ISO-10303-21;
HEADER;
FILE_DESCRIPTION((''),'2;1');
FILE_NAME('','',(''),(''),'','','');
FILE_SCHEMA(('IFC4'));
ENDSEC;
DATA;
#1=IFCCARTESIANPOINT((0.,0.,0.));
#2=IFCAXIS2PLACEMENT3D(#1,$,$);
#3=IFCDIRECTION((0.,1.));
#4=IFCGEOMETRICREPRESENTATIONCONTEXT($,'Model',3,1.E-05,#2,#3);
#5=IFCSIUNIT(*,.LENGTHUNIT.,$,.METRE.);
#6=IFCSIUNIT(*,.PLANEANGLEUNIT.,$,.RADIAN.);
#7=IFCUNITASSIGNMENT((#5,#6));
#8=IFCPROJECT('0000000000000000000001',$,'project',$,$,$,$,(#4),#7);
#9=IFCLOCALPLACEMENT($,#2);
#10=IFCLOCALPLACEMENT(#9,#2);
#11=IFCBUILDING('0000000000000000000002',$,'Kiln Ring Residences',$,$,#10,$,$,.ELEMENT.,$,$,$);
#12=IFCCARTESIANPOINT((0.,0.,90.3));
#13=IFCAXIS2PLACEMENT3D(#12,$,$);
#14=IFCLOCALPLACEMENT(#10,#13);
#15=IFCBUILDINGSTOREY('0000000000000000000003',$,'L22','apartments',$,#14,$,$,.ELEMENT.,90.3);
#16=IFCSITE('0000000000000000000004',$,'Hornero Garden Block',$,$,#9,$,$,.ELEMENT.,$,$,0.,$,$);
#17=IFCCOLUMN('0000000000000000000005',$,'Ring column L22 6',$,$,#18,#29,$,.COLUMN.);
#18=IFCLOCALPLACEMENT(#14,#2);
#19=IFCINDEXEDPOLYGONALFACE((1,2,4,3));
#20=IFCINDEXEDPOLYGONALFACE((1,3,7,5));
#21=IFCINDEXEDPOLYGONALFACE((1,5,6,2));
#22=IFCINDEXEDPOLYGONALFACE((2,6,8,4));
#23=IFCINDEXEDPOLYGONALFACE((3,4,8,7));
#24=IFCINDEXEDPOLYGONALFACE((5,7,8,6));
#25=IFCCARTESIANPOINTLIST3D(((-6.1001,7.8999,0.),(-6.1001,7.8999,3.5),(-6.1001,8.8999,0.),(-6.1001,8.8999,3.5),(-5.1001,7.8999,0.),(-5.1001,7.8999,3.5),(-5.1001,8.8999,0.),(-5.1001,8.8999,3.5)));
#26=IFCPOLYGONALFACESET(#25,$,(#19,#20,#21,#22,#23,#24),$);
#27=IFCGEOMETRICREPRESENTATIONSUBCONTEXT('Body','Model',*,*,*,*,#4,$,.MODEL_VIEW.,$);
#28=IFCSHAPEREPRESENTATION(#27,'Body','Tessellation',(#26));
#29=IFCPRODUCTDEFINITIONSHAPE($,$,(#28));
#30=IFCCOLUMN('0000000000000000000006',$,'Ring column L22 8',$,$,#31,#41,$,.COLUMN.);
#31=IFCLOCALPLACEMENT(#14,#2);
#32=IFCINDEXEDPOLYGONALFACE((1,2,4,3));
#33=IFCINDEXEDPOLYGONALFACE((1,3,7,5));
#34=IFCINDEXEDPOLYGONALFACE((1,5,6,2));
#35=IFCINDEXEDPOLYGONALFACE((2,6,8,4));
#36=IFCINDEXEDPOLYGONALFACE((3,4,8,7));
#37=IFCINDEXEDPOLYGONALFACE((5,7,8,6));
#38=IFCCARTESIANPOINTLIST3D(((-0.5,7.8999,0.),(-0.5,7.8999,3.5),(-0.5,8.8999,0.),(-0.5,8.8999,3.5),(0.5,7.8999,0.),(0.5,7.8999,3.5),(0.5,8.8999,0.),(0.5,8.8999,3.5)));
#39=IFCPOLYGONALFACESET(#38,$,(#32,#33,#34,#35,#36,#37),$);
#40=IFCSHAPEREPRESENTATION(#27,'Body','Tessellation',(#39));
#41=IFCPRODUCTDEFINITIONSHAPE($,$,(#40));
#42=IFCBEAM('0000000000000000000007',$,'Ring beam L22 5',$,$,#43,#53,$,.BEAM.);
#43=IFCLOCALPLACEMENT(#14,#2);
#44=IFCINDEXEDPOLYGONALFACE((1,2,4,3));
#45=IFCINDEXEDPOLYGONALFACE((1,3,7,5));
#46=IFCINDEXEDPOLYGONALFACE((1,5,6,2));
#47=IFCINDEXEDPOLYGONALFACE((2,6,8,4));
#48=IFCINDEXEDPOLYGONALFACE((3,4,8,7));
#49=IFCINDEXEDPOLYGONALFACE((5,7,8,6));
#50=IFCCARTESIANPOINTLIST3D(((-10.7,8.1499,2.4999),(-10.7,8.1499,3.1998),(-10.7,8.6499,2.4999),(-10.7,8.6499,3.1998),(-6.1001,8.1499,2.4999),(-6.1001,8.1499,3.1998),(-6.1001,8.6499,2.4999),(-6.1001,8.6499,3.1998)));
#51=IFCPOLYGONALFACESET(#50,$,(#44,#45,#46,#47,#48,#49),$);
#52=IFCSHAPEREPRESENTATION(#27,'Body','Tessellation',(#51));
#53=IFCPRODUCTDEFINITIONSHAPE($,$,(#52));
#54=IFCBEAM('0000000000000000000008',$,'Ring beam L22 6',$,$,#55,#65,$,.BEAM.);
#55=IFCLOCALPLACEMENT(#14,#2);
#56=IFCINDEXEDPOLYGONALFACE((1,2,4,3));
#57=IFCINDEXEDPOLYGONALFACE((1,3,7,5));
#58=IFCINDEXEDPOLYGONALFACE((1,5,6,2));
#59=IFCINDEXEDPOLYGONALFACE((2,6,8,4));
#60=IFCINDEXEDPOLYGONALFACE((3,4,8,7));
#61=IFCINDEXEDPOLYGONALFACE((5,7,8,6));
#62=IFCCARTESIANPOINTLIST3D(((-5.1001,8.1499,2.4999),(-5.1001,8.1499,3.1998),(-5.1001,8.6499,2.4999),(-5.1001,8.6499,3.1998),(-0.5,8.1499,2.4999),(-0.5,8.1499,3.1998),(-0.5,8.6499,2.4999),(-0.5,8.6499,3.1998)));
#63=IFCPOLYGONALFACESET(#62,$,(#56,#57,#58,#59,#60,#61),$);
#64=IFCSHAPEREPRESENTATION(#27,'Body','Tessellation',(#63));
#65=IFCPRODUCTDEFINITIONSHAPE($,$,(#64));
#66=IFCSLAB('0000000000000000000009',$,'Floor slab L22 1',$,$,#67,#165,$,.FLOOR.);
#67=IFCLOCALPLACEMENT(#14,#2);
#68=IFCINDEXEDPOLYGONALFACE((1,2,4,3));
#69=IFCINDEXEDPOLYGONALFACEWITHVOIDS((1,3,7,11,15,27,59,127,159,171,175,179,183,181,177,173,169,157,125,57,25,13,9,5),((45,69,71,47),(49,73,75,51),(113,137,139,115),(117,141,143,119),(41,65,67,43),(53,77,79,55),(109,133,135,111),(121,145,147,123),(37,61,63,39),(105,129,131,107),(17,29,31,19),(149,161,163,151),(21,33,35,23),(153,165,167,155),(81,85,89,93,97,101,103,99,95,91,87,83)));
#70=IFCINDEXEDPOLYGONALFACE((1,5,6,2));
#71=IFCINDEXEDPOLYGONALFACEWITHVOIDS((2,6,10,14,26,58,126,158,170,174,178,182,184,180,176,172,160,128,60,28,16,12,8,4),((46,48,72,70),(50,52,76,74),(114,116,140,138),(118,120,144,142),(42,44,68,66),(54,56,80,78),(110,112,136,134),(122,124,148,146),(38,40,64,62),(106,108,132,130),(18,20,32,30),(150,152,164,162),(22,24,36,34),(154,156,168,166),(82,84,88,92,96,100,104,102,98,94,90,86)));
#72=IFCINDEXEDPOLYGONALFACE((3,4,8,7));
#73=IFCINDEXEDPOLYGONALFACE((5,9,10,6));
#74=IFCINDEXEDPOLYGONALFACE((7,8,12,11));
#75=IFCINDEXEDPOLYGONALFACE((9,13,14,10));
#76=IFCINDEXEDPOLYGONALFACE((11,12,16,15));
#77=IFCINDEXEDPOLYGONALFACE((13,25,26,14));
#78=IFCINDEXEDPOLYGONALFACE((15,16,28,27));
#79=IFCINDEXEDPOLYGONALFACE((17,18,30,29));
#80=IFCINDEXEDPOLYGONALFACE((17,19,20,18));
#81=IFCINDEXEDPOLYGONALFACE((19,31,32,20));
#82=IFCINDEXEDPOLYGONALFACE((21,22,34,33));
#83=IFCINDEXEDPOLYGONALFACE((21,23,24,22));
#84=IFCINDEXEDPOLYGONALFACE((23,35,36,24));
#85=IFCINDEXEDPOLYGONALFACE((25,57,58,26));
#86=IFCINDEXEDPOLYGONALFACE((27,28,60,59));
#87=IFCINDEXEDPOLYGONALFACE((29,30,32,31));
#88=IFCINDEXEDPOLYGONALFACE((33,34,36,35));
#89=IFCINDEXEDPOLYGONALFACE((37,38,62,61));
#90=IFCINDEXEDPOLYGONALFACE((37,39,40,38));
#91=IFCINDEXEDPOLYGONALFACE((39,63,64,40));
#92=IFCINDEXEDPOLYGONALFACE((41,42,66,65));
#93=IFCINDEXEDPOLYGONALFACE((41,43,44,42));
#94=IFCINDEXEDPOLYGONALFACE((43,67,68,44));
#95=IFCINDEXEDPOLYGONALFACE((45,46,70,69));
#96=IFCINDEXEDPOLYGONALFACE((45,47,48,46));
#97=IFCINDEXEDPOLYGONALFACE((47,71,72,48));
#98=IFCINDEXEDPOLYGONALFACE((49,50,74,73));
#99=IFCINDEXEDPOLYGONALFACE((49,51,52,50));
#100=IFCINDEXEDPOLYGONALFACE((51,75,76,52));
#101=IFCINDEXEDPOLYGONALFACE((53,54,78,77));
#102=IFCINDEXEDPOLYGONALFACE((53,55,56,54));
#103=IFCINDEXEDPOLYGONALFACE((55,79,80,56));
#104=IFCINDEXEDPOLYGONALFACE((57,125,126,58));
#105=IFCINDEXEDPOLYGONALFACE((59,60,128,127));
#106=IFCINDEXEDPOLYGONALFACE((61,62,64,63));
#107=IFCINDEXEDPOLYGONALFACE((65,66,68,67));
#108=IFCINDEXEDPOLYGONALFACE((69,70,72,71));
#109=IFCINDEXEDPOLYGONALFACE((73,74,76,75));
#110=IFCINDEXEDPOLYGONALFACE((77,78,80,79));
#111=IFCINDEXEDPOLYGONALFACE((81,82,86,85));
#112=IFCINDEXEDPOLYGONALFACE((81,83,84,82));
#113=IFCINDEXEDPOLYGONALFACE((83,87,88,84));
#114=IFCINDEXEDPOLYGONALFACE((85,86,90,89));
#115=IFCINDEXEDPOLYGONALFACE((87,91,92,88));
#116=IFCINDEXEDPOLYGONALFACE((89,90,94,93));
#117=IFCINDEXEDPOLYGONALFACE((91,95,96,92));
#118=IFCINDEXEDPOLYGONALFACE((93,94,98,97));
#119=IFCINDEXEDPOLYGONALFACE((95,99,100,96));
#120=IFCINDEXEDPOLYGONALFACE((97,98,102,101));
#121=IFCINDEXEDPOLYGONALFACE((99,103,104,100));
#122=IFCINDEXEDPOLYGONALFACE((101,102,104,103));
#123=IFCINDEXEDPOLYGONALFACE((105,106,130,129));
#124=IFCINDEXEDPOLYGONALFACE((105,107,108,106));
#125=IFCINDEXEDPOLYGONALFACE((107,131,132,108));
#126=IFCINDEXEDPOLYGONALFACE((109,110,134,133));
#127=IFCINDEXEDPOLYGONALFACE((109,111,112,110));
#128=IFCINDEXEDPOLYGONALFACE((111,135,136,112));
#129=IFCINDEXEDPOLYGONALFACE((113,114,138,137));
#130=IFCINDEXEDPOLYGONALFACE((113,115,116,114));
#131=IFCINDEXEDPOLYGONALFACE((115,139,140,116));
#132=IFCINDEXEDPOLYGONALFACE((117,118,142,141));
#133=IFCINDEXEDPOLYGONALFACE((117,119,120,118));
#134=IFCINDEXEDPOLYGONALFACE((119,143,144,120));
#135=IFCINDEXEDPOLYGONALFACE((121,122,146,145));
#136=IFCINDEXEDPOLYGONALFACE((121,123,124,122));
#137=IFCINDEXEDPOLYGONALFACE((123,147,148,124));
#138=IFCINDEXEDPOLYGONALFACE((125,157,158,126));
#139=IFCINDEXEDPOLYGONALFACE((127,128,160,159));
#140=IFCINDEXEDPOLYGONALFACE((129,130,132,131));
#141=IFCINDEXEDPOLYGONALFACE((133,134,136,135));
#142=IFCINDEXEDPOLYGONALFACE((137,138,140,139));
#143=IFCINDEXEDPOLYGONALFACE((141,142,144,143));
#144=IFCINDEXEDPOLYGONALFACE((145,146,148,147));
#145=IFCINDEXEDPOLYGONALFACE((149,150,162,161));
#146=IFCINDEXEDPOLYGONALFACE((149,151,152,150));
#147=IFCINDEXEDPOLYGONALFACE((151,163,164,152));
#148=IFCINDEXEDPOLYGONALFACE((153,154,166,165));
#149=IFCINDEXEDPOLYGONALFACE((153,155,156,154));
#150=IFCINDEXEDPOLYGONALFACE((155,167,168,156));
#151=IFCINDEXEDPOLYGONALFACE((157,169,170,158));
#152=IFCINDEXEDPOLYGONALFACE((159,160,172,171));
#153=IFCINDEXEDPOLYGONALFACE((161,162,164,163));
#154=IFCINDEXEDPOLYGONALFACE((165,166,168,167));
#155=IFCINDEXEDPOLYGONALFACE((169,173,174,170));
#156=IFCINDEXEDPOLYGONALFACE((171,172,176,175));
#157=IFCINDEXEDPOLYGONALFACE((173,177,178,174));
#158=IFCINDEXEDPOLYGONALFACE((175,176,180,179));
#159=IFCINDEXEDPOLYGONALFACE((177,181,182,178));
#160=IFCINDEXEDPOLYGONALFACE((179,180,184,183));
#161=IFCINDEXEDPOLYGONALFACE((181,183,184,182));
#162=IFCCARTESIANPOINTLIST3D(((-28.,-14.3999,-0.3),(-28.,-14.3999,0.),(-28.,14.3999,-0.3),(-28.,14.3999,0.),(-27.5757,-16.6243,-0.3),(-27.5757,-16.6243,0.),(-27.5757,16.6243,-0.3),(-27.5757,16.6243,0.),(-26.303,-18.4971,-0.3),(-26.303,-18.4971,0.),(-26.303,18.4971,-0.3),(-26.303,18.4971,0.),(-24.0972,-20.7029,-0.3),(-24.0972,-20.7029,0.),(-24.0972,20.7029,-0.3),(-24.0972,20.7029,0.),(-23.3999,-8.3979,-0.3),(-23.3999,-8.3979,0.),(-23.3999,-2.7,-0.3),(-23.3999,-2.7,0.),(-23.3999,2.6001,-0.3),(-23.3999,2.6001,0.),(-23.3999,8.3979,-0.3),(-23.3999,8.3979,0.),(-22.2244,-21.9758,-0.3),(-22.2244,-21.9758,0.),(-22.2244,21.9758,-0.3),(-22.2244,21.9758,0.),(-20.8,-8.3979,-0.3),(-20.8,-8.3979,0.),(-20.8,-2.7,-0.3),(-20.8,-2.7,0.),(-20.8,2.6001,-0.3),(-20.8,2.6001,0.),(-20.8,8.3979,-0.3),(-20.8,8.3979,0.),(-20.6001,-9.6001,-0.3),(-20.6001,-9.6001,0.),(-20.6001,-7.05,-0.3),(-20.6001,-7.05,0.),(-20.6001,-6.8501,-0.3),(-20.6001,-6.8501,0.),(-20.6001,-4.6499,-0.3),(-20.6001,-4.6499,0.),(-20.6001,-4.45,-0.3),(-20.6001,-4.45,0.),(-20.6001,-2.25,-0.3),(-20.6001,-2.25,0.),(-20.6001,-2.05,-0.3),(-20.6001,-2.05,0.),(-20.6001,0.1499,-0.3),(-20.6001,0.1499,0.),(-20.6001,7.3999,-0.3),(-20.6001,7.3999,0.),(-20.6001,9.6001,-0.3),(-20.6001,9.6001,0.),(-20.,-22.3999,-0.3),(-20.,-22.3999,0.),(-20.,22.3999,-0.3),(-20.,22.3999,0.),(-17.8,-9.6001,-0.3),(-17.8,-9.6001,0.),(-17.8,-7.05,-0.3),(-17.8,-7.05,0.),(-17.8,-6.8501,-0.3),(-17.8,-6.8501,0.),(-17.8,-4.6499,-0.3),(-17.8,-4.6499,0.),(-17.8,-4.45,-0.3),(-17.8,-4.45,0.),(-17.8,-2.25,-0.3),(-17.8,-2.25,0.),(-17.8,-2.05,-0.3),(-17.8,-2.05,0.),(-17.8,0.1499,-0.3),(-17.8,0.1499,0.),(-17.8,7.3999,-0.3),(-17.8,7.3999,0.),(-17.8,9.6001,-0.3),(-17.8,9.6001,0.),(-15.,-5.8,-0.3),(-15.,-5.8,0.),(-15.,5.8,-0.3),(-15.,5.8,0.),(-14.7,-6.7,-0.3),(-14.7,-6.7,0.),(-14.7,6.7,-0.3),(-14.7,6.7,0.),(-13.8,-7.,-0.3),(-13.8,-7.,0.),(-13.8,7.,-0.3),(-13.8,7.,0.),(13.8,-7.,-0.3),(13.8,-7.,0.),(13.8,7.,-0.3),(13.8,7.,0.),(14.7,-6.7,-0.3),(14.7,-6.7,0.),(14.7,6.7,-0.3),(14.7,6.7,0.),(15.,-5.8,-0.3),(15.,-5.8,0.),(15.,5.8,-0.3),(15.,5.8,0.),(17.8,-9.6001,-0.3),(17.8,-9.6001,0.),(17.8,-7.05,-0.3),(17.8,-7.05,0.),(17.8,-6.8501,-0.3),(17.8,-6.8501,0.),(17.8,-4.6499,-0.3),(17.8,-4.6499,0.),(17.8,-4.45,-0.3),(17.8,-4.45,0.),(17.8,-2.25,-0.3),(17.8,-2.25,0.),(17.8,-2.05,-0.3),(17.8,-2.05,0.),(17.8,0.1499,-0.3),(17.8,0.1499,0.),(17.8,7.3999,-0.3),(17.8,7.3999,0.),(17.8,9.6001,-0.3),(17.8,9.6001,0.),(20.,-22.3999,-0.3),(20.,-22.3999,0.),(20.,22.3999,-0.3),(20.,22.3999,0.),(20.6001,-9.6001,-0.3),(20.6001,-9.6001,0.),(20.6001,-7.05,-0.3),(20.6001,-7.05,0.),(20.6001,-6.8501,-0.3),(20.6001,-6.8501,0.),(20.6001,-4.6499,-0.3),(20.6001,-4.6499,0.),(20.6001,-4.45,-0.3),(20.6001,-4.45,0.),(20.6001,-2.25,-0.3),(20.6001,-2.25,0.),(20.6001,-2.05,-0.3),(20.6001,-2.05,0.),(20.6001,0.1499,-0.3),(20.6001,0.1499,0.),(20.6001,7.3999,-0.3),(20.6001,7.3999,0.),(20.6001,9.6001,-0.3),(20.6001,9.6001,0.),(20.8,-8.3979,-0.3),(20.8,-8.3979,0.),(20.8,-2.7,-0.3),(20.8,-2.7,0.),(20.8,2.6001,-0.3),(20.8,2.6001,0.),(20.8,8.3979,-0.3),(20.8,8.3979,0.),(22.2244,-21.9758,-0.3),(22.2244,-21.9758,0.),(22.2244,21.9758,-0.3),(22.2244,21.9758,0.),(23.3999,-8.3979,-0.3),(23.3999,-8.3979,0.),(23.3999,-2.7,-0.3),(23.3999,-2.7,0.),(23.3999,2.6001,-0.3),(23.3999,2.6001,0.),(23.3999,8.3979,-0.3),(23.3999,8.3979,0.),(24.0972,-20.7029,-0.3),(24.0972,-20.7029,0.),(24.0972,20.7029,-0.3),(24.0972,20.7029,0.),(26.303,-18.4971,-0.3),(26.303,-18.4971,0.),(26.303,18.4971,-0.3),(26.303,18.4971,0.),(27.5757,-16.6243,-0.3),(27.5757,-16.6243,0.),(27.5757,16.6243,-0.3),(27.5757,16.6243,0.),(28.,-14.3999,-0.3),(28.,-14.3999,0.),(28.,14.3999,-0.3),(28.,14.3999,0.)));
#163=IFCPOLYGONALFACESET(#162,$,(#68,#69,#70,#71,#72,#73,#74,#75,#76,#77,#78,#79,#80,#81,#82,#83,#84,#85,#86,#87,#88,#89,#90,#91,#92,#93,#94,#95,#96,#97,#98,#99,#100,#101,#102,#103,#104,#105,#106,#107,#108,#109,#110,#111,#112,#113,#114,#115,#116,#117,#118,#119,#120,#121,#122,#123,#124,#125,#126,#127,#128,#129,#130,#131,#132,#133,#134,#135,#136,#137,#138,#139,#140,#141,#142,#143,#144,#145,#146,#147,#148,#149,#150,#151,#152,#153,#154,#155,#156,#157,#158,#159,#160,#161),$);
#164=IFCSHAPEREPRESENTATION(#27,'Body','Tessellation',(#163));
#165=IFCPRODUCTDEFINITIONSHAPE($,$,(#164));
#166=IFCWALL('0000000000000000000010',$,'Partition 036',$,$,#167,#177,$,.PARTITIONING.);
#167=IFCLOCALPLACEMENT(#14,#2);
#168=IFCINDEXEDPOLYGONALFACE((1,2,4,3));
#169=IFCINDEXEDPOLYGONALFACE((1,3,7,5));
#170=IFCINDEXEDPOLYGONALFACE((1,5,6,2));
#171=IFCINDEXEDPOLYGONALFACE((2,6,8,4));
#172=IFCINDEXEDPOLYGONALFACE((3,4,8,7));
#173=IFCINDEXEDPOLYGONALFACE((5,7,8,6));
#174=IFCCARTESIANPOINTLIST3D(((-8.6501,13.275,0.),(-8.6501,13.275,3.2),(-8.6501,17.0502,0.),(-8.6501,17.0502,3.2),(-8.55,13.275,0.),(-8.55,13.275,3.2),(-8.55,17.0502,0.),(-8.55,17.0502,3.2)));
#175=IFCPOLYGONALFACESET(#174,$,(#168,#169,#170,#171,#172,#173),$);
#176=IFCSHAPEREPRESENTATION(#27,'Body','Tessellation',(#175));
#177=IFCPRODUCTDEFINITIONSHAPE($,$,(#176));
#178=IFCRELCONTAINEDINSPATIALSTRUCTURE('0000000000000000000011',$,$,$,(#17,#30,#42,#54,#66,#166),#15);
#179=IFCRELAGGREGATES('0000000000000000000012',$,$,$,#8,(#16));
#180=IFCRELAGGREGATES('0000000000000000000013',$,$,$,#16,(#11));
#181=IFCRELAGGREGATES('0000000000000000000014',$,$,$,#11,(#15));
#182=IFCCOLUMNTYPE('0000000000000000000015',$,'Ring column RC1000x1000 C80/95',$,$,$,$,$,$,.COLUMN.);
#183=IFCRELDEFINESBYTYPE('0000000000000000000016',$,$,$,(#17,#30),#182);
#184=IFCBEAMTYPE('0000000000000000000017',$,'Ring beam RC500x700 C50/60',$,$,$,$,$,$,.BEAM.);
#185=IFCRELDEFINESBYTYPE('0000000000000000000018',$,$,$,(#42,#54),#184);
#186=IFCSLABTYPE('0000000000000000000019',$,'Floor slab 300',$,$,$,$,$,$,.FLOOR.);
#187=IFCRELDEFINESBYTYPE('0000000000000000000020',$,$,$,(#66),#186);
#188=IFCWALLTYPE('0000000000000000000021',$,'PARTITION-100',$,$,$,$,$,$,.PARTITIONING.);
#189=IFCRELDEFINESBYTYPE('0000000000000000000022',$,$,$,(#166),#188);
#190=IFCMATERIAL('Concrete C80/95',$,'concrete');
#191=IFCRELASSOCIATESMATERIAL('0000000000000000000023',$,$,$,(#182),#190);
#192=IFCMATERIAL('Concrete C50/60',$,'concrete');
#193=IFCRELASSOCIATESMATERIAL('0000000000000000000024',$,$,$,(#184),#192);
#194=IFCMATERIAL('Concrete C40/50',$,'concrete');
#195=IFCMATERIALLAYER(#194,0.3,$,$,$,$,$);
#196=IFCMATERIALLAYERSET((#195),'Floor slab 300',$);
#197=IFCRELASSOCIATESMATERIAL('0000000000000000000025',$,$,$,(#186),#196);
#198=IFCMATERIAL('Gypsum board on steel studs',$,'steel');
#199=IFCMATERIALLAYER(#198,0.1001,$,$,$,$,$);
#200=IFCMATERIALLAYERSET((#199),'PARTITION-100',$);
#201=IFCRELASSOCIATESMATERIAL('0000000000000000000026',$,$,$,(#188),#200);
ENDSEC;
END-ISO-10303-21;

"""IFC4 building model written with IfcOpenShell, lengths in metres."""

from ifc_helpers import new_model, si_unit, direction, frame, frame_2d, origin, origin_2d, place, context, subcontext, project, spatial, polyline, rectangle, outline, extrude, material, layer, layer_set, material_profile, profile_set, type_object, element, save


model = new_model("IFC4")

# Units and contexts
model_context = context("Model", 3, precision=1e-05, world=origin(), true_north=direction((0.0, 1.0)))
body_context = subcontext(model_context, "Body", "Model", "MODEL_VIEW")
ifc_project = project(units=[si_unit("LENGTHUNIT", "METRE"), si_unit("PLANEANGLEUNIT", "RADIAN")], contexts=[model_context])

# Site, building, storey
site_placement = place(None, origin())
site = spatial("IfcSite", under=ifc_project, at=site_placement, Name="Hornero Garden Block", CompositionType="ELEMENT", RefElevation=0.0)
building_placement = place(site_placement, origin())
building = spatial("IfcBuilding", under=site, at=building_placement, Name="Kiln Ring Residences", CompositionType="ELEMENT")
storey_placement = place(building_placement, frame((0.0, 0.0, 90.3)))
storey = spatial("IfcBuildingStorey", under=building, at=storey_placement, Name="L22", Description="apartments", CompositionType="ELEMENT", Elevation=90.3)

# Columns
ifc_material_1 = material(Name="Concrete C80/95", Category="concrete")
ifc_material_profile_1 = material_profile(ifc_material_1, rectangle(XDim=1.0, YDim=1.0, at=origin_2d()), Name="RC1000x1000")
ifc_profile_set_1 = profile_set([ifc_material_profile_1], Name="Concrete C80/95")
column_type = type_object("IfcColumnType", Name="Ring column RC1000x1000 C80/95", PredefinedType="COLUMN", material=ifc_profile_set_1)
for number, where, z_axis, x_axis, name in (
    (1, (-5.6001, 8.3999, 0.0), (0.0, 0.0, 1.0), (1.0, 0.0, 0.0), "Ring column L22 6"),
    (2, (0.0, 8.3999, 0.0), (0.0, 0.0, 1.0), (1.0, 0.0, 0.0), "Ring column L22 8"),
):
    element("IfcColumn", number, at=place(storey_placement, frame(where, z_axis=z_axis, x_axis=x_axis)), inside=storey, type_object=column_type, Name=name, PredefinedType="COLUMN", context=body_context, shape_type="SweptSolid", body=[
        extrude(rectangle(XDim=1.0, YDim=1.0, at=origin_2d()), origin(), (0.0, 0.0, 1.0), 3.5),
    ])

# Beams
ifc_material_2 = material(Name="Concrete C50/60", Category="concrete")
ifc_material_profile_2 = material_profile(ifc_material_2, rectangle(XDim=0.5, YDim=0.7, at=origin_2d()), Name="RC500x700")
ifc_profile_set_2 = profile_set([ifc_material_profile_2], Name="Concrete C50/60")
beam_type = type_object("IfcBeamType", Name="Ring beam RC500x700 C50/60", PredefinedType="BEAM", material=ifc_profile_set_2)
beam_1_placement = place(storey_placement, frame((-10.7, 8.3999, 2.8499), z_axis=(1.0, 0.0, 0.0), x_axis=(0.0, 1.0, 0.0)))
element("IfcBeam", 3, at=beam_1_placement, inside=storey, type_object=beam_type, Name="Ring beam L22 5", PredefinedType="BEAM", context=body_context, shape_type="SweptSolid", body=[
    extrude(rectangle(XDim=0.5, YDim=0.7, at=origin_2d()), origin(), (0.0, 0.0, 1.0), 4.5999),
])
beam_2_placement = place(storey_placement, frame((-5.1001, 8.3999, 2.8499), z_axis=(1.0, 0.0, 0.0), x_axis=(0.0, 1.0, 0.0)))
element("IfcBeam", 4, at=beam_2_placement, inside=storey, type_object=beam_type, Name="Ring beam L22 6", PredefinedType="BEAM", context=body_context, shape_type="SweptSolid", body=[
    extrude(rectangle(XDim=0.5, YDim=0.7, at=origin_2d()), origin(), (0.0, 0.0, 1.0), 4.6001),
])

# Slab
ifc_material_3 = material(Name="Concrete C40/50", Category="concrete")
ifc_layer_1 = layer(ifc_material_3, 0.3)
ifc_layer_set_1 = layer_set([ifc_layer_1], Name="Floor slab 300")
slab_type = type_object("IfcSlabType", Name="Floor slab 300", PredefinedType="FLOOR", material=ifc_layer_set_1)
slab_placement = place(storey_placement, frame((0.0, 0.0, -0.3)))
element("IfcSlab", 5, at=slab_placement, inside=storey, type_object=slab_type, Name="Floor slab L22 1", PredefinedType="FLOOR", context=body_context, shape_type="SweptSolid", body=[
    extrude(outline(polyline([(-26.303, -18.4971), (-24.0972, -20.7029), (-22.2244, -21.9758), (-20.0, -22.3999), (20.0, -22.3999), (22.2244, -21.9758), (24.0972, -20.7029), (26.303, -18.4971), (27.5757, -16.6243), (28.0, -14.3999), (28.0, 14.3999), (27.5757, 16.6243), (26.303, 18.4971), (24.0972, 20.7029), (22.2244, 21.9758), (20.0, 22.3999), (-20.0, 22.3999), (-22.2244, 21.9758), (-24.0972, 20.7029), (-26.303, 18.4971), (-27.5757, 16.6243), (-28.0, 14.3999), (-28.0, -14.3999), (-27.5757, -16.6243), (-26.303, -18.4971)]), holes=[polyline([(-14.7, -6.7), (-15.0, -5.8), (-15.0, 5.8), (-14.7, 6.7), (-13.8, 7.0), (13.8, 7.0), (14.7, 6.7), (15.0, 5.8), (15.0, -5.8), (14.7, -6.7), (13.8, -7.0), (-13.8, -7.0), (-14.7, -6.7)]), polyline([(20.8, -8.3979), (20.8, -2.7), (23.3999, -2.7), (23.3999, -8.3979), (20.8, -8.3979)]), polyline([(20.8, 2.6001), (20.8, 8.3979), (23.3999, 8.3979), (23.3999, 2.6001), (20.8, 2.6001)]), polyline([(17.8, -6.8501), (17.8, -4.6499), (20.6001, -4.6499), (20.6001, -6.8501), (17.8, -6.8501)]), polyline([(17.8, -4.45), (17.8, -2.25), (20.6001, -2.25), (20.6001, -4.45), (17.8, -4.45)]), polyline([(17.8, -2.05), (17.8, 0.1499), (20.6001, 0.1499), (20.6001, -2.05), (17.8, -2.05)]), polyline([(17.8, 7.3999), (17.8, 9.6001), (20.6001, 9.6001), (20.6001, 7.3999), (17.8, 7.3999)]), polyline([(20.6001, -9.6001), (17.8, -9.6001), (17.8, -7.05), (20.6001, -7.05), (20.6001, -9.6001)]), polyline([(-17.8, -7.05), (-17.8, -9.6001), (-20.6001, -9.6001), (-20.6001, -7.05), (-17.8, -7.05)]), polyline([(-17.8, -6.8501), (-20.6001, -6.8501), (-20.6001, -4.6499), (-17.8, -4.6499), (-17.8, -6.8501)]), polyline([(-17.8, -4.45), (-20.6001, -4.45), (-20.6001, -2.25), (-17.8, -2.25), (-17.8, -4.45)]), polyline([(-17.8, -2.05), (-20.6001, -2.05), (-20.6001, 0.1499), (-17.8, 0.1499), (-17.8, -2.05)]), polyline([(-17.8, 7.3999), (-20.6001, 7.3999), (-20.6001, 9.6001), (-17.8, 9.6001), (-17.8, 7.3999)]), polyline([(-20.8, -8.3979), (-23.3999, -8.3979), (-23.3999, -2.7), (-20.8, -2.7), (-20.8, -8.3979)]), polyline([(-20.8, 2.6001), (-23.3999, 2.6001), (-23.3999, 8.3979), (-20.8, 8.3979), (-20.8, 2.6001)])]), origin(), (0.0, 0.0, 1.0), 0.3),
])

# Wall
ifc_material_4 = material(Name="Gypsum board on steel studs", Category="steel")
ifc_layer_2 = layer(ifc_material_4, 0.1001)
ifc_layer_set_2 = layer_set([ifc_layer_2], Name="PARTITION-100")
wall_type_1 = type_object("IfcWallType", Name="PARTITION-100", PredefinedType="PARTITIONING", material=ifc_layer_set_2)
wall_1_placement = place(storey_placement, frame((-8.6001, 13.2749, 0.0), z_axis=(0.0, 0.0, 1.0), x_axis=(0.0, 1.0, 0.0)))
element("IfcWall", 6, at=wall_1_placement, inside=storey, type_object=wall_type_1, Name="Partition 036", PredefinedType="PARTITIONING", context=body_context, shape_type="SweptSolid", body=[
    extrude(rectangle(XDim=3.7751, YDim=0.1001, at=frame_2d((1.8877, 0.0))), origin(), (0.0, 0.0, 1.0), 3.2),
])

save(model, "model.ifc")
